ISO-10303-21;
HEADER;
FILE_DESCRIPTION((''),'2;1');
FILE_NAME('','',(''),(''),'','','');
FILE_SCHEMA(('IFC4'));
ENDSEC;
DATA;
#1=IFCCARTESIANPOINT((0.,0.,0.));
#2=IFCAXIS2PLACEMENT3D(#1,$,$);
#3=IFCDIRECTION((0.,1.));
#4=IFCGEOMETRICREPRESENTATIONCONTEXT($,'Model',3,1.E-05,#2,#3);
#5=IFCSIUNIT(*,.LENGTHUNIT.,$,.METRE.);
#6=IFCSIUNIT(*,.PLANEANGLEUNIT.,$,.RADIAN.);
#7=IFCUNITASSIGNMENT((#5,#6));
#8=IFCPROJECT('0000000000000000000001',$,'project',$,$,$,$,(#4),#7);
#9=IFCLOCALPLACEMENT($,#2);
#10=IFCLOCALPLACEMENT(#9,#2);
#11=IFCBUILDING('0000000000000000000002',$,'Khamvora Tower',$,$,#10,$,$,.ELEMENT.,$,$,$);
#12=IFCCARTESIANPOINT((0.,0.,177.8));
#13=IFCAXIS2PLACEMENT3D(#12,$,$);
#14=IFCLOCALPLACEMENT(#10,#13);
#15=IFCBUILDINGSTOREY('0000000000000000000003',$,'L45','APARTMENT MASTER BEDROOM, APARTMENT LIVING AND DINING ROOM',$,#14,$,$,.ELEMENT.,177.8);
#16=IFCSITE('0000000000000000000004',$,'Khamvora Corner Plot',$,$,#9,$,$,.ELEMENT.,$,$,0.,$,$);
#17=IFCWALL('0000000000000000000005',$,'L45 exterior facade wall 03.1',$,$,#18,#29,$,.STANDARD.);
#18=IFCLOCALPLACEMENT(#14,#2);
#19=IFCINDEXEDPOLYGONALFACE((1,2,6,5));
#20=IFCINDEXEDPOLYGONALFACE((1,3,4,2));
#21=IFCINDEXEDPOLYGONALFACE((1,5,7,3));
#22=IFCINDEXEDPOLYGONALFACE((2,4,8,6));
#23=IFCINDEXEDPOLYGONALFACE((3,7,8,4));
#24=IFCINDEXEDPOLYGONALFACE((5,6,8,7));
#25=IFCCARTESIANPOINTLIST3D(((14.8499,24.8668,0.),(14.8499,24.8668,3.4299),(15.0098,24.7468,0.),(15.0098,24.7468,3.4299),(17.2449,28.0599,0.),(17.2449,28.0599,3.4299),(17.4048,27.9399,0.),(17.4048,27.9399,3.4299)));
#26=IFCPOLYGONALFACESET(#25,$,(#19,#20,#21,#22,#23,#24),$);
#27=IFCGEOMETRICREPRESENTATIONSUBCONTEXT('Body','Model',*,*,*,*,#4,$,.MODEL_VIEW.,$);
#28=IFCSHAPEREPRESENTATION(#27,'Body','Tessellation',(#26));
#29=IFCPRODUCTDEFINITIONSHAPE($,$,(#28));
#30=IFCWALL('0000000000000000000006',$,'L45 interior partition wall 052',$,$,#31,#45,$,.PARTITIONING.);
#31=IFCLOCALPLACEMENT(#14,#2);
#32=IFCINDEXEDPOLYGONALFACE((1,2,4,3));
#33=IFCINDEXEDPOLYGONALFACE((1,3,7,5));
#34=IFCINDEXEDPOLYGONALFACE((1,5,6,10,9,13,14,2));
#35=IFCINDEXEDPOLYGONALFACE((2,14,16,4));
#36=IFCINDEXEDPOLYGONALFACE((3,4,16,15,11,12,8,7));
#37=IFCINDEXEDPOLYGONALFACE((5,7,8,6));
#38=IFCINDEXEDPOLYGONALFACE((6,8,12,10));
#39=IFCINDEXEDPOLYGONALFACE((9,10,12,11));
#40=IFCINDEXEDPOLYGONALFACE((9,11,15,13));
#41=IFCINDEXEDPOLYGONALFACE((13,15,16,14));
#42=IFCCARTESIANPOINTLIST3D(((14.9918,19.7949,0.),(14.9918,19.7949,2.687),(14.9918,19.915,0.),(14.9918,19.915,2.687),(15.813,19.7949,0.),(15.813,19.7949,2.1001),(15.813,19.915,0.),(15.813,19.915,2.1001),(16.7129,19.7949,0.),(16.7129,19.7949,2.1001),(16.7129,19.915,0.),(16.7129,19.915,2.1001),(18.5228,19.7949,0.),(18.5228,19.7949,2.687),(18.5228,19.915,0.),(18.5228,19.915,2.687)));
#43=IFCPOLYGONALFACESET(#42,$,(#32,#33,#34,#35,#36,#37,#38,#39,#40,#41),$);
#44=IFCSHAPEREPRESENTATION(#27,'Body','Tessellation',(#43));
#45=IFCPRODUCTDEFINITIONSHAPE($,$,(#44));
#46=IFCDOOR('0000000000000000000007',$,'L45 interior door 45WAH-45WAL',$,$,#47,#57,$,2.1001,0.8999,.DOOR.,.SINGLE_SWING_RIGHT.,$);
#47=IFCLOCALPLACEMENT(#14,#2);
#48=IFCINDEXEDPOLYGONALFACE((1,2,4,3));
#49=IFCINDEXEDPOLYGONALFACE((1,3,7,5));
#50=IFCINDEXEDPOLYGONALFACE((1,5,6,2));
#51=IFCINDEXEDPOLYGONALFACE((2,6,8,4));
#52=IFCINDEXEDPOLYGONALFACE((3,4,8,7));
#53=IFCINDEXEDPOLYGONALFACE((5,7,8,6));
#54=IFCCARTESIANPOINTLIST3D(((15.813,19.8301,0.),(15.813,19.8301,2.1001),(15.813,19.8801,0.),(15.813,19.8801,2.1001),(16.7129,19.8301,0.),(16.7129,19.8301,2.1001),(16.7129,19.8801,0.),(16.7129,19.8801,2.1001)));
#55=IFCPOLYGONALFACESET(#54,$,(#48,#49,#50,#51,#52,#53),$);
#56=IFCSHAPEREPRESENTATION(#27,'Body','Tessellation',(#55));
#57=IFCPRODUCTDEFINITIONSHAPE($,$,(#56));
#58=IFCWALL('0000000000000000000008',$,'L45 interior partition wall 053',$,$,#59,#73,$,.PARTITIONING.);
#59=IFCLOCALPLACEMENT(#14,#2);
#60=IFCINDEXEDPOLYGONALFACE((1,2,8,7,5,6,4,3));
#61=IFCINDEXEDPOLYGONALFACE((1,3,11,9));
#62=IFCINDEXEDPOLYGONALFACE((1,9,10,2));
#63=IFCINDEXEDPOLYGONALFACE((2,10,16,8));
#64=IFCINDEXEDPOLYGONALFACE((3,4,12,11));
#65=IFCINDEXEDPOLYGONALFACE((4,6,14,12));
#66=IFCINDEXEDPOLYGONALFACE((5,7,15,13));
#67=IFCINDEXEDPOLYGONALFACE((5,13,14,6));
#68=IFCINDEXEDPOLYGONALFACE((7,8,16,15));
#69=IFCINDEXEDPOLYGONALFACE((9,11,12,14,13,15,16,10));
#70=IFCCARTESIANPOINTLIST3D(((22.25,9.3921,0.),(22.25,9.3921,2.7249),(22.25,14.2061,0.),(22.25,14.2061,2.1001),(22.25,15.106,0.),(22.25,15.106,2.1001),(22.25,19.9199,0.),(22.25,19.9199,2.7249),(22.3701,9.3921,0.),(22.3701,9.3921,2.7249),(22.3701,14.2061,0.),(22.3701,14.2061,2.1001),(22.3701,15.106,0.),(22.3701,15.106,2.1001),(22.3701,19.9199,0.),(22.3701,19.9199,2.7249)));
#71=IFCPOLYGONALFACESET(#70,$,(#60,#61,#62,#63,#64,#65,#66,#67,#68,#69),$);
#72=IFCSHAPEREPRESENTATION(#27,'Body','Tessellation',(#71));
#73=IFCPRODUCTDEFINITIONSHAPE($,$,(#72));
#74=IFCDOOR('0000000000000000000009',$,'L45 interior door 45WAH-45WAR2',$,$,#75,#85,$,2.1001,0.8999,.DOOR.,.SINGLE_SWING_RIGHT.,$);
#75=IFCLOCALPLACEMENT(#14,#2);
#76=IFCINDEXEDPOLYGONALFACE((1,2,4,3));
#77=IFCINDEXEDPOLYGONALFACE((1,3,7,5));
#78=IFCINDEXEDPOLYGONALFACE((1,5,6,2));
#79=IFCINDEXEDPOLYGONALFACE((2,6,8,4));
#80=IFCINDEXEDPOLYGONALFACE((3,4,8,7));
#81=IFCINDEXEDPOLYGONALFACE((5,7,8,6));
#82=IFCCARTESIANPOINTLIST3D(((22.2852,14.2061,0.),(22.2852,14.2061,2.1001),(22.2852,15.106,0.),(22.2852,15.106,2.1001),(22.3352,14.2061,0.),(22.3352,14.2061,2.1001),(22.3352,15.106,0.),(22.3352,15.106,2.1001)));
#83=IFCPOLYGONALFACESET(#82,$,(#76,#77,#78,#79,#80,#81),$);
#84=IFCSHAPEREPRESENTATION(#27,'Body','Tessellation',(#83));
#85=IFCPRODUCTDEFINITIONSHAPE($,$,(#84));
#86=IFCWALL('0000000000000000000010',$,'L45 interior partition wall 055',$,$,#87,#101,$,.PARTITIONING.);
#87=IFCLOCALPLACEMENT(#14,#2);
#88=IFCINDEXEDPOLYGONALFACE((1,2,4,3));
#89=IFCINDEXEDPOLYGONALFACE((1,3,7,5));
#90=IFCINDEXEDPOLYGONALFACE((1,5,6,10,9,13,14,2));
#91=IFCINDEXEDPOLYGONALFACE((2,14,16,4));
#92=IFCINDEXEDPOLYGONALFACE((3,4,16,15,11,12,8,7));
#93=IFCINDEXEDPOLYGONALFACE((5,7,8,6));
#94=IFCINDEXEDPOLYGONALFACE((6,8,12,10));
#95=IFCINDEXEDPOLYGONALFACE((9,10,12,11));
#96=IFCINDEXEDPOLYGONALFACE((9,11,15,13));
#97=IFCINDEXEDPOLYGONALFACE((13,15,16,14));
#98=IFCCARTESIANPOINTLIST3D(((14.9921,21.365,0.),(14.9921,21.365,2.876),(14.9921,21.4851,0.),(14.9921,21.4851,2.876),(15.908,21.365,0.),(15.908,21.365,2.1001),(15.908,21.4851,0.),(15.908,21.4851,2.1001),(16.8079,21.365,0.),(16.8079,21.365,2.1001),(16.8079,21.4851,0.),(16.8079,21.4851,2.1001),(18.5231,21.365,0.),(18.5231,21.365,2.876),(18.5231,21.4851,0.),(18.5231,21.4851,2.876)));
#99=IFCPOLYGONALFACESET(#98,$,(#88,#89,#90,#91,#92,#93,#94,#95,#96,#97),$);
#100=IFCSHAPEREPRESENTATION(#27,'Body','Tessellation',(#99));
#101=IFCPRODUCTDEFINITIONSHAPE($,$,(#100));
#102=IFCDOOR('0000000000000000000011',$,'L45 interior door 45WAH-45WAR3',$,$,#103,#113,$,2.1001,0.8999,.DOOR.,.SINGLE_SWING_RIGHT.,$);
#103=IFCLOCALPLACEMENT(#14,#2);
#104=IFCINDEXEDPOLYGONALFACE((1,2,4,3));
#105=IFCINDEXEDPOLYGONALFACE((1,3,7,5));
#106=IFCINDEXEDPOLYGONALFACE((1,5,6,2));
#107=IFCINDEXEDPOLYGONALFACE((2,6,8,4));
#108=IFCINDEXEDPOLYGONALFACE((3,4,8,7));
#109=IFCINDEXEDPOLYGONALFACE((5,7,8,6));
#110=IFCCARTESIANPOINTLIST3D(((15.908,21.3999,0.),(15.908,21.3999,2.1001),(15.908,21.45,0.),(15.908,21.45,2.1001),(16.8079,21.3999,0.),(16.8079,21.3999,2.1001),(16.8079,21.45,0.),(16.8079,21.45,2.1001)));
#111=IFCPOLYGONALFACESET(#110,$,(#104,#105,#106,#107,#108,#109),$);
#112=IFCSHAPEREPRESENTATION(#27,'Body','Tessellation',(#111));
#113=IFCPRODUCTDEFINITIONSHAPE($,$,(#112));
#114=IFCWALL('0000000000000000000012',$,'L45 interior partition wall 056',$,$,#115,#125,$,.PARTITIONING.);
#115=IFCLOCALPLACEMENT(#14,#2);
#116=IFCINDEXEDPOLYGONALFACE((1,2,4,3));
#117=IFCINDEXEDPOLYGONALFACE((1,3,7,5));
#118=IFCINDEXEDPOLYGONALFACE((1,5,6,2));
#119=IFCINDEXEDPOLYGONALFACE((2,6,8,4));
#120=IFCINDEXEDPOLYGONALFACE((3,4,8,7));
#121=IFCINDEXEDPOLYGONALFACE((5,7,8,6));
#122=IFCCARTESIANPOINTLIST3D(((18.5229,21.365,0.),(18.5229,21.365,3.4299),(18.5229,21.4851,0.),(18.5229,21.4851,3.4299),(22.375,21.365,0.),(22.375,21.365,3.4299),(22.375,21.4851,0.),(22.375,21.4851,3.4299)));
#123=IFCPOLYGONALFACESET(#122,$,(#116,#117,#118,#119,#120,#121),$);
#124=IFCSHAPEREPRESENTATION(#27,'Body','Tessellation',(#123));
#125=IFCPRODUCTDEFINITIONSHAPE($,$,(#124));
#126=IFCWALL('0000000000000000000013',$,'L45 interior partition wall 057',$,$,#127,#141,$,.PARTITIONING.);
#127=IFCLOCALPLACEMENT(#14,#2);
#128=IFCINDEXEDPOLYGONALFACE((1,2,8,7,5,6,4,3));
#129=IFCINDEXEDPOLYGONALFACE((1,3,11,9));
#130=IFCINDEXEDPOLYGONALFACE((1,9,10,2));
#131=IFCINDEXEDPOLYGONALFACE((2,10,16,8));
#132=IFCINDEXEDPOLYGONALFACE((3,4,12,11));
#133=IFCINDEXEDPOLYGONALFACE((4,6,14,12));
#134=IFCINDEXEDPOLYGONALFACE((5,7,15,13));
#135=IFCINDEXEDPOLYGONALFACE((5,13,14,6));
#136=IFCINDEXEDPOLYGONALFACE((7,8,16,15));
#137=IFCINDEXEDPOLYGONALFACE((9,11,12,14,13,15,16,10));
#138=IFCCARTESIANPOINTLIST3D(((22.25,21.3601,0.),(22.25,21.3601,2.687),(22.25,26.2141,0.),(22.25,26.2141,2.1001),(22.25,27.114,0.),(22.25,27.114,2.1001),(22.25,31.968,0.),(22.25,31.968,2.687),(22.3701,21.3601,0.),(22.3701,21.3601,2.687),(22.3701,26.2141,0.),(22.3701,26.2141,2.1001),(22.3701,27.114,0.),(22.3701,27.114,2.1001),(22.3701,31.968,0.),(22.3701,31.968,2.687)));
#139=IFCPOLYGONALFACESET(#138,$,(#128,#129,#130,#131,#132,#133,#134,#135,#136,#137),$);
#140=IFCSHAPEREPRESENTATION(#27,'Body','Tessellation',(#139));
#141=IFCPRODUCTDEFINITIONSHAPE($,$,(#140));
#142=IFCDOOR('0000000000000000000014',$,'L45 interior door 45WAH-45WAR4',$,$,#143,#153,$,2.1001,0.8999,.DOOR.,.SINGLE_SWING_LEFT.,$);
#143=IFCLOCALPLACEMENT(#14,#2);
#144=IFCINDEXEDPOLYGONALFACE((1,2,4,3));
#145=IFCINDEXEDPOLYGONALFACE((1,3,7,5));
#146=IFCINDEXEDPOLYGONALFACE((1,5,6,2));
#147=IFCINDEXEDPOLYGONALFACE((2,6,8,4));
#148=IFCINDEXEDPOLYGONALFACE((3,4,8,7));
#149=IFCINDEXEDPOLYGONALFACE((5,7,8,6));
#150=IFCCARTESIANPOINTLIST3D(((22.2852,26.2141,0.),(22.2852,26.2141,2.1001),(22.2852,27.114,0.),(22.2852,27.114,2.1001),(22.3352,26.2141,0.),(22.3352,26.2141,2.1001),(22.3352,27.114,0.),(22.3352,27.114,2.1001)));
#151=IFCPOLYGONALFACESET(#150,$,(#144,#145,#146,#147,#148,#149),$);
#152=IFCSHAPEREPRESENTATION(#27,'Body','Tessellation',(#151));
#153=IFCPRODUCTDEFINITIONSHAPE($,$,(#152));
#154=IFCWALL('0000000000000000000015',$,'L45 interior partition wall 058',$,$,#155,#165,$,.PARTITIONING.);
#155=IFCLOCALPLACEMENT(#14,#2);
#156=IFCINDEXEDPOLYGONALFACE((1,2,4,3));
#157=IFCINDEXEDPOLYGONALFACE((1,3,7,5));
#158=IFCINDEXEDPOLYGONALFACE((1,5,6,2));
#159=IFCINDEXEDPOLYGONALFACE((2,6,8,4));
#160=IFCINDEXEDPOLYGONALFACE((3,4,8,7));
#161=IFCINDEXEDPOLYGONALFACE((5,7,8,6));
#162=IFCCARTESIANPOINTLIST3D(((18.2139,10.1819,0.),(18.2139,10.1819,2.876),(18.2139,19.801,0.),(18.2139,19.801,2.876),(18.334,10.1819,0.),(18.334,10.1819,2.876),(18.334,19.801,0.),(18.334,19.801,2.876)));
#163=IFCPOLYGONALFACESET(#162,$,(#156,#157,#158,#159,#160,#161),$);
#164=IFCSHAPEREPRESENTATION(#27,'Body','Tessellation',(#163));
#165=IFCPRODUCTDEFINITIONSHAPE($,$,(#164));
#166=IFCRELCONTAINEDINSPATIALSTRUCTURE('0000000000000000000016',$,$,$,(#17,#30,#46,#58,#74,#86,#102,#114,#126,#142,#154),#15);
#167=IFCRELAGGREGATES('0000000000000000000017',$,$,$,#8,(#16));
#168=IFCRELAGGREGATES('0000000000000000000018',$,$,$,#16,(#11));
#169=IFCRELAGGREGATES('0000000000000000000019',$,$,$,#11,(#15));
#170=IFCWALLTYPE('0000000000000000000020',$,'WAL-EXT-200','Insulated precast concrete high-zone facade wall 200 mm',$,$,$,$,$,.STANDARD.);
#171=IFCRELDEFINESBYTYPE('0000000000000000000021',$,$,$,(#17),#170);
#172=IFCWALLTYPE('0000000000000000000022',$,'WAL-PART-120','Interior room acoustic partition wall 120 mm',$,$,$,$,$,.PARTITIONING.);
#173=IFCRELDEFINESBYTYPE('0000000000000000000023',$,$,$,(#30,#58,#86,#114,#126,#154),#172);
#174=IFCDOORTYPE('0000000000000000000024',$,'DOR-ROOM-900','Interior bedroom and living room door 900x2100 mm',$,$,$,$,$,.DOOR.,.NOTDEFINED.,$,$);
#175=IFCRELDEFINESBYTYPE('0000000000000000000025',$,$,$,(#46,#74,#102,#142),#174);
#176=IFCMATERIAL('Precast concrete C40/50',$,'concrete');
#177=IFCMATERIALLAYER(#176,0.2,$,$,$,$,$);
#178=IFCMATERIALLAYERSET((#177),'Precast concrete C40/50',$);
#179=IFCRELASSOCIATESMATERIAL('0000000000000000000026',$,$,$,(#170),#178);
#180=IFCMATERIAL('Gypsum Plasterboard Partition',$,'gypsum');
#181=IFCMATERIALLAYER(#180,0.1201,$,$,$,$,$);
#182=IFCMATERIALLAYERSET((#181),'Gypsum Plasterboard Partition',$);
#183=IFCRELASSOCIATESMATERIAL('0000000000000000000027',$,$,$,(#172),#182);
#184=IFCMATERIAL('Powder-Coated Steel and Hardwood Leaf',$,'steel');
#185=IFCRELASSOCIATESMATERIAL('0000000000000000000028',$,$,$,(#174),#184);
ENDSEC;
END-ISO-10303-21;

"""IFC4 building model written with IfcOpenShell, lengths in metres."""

from ifc_helpers import new_model, si_unit, direction, frame, frame_2d, origin, place, context, subcontext, project, spatial, rectangle, extrude, material, layer, layer_set, type_object, element, fill, save


model = new_model("IFC4")

# Units and contexts
model_context = context("Model", 3, precision=1e-05, world=origin(), true_north=direction((0.0, 1.0)))
body_context = subcontext(model_context, "Body", "Model", "MODEL_VIEW")
ifc_project = project(units=[si_unit("LENGTHUNIT", "METRE"), si_unit("PLANEANGLEUNIT", "RADIAN")], contexts=[model_context])

# Site, building, storey
site_placement = place(None, origin())
site = spatial("IfcSite", under=ifc_project, at=site_placement, Name="Khamvora Corner Plot", CompositionType="ELEMENT", RefElevation=0.0)
building_placement = place(site_placement, origin())
building = spatial("IfcBuilding", under=site, at=building_placement, Name="Khamvora Tower", CompositionType="ELEMENT")
storey_placement = place(building_placement, frame((0.0, 0.0, 177.8)))
storey = spatial("IfcBuildingStorey", under=building, at=storey_placement, Name="L45", Description="APARTMENT MASTER BEDROOM, APARTMENT LIVING AND DINING ROOM", CompositionType="ELEMENT", Elevation=177.8)

# Shared definitions
ifc_material_1 = material(Name="Precast concrete C40/50", Category="concrete")
ifc_layer_1 = layer(ifc_material_1, 0.2)
ifc_layer_set_1 = layer_set([ifc_layer_1], Name="Precast concrete C40/50")
wall_type_1 = type_object("IfcWallType", Name="WAL-EXT-200", Description="Insulated precast concrete high-zone facade wall 200 mm", PredefinedType="STANDARD", material=ifc_layer_set_1)

# Wall
wall_1_placement = place(storey_placement, frame((14.9299, 24.8069, 0.0), z_axis=(0.0, 0.0, 1.0), x_axis=(0.600029, 0.799978, 0.0)))
element("IfcWall", 1, at=wall_1_placement, inside=storey, type_object=wall_type_1, Name="L45 exterior facade wall 03.1", PredefinedType="STANDARD", context=body_context, shape_type="SweptSolid", body=[
    extrude(rectangle(XDim=3.9915, YDim=0.2, at=frame_2d((1.9956, 0.0))), origin(), (0.0, 0.0, 1.0), 3.4299),
])

# Walls, openings, doors
ifc_material_2 = material(Name="Gypsum Plasterboard Partition", Category="gypsum")
ifc_layer_2 = layer(ifc_material_2, 0.1201)
ifc_layer_set_2 = layer_set([ifc_layer_2], Name="Gypsum Plasterboard Partition")
wall_type_2 = type_object("IfcWallType", Name="WAL-PART-120", Description="Interior room acoustic partition wall 120 mm", PredefinedType="PARTITIONING", material=ifc_layer_set_2)
wall_2_placement = place(storey_placement, frame((18.5229, 19.855, 0.0), z_axis=(0.0, 0.0, 1.0), x_axis=(-1.0, 0.0, 0.0)))
wall_2 = element("IfcWall", 2, at=wall_2_placement, inside=storey, type_object=wall_type_2, Name="L45 interior partition wall 052", PredefinedType="PARTITIONING", context=body_context, shape_type="SweptSolid", body=[
    extrude(rectangle(XDim=3.531, YDim=0.1201, at=frame_2d((1.7656, 0.0))), origin(), (0.0, 0.0, 1.0), 2.687),
])
opening_1_placement = place(wall_2_placement, frame((1.8101, 0.0, 0.0)))
opening_1 = element("IfcOpeningElement", 3, at=opening_1_placement, cuts=wall_2, PredefinedType="OPENING", context=body_context, shape_type="SweptSolid", body=[
    extrude(rectangle(XDim=0.8999, YDim=2.1001, at=frame_2d((0.45, 1.05))), frame((0.0, 0.0701, 0.0), z_axis=(0.0, -1.0, 0.0), x_axis=(1.0, 0.0, 0.0)), (0.0, 0.0, 1.0), 0.1401),
])
ifc_material_3 = material(Name="Powder-Coated Steel and Hardwood Leaf", Category="steel")
door_type = type_object("IfcDoorType", Name="DOR-ROOM-900", Description="Interior bedroom and living room door 900x2100 mm", OperationType="NOTDEFINED", PredefinedType="DOOR", material=ifc_material_3)
door_1_placement = place(opening_1_placement, origin())
door_1 = element("IfcDoor", 4, at=door_1_placement, inside=storey, type_object=door_type, Name="L45 interior door 45WAH-45WAL", OperationType="SINGLE_SWING_RIGHT", OverallHeight=2.1001, OverallWidth=0.8999, PredefinedType="DOOR", context=body_context, shape_type="SweptSolid", body=[
    extrude(rectangle(XDim=0.8999, YDim=2.1001, at=frame_2d((0.45, 1.05))), frame((0.0, 0.0249, 0.0), z_axis=(0.0, -1.0, 0.0), x_axis=(1.0, 0.0, 0.0)), (0.0, 0.0, 1.0), 0.05),
])
fill(opening_1, door_1)
wall_3_placement = place(storey_placement, frame((22.3101, 9.3921, 0.0), z_axis=(0.0, 0.0, 1.0), x_axis=(0.0, 1.0, 0.0)))
wall_3 = element("IfcWall", 5, at=wall_3_placement, inside=storey, type_object=wall_type_2, Name="L45 interior partition wall 053", PredefinedType="PARTITIONING", context=body_context, shape_type="SweptSolid", body=[
    extrude(rectangle(XDim=10.5278, YDim=0.1201, at=frame_2d((5.2639, 0.0))), origin(), (0.0, 0.0, 1.0), 2.7249),
])
opening_2_placement = place(wall_3_placement, frame((4.814, 0.0, 0.0)))
opening_2 = element("IfcOpeningElement", 6, at=opening_2_placement, cuts=wall_3, PredefinedType="OPENING", context=body_context, shape_type="SweptSolid", body=[
    extrude(rectangle(XDim=0.8999, YDim=2.1001, at=frame_2d((0.45, 1.05))), frame((0.0, 0.0701, 0.0), z_axis=(0.0, -1.0, 0.0), x_axis=(1.0, 0.0, 0.0)), (0.0, 0.0, 1.0), 0.1401),
])
door_2_placement = place(opening_2_placement, origin())
door_2 = element("IfcDoor", 7, at=door_2_placement, inside=storey, type_object=door_type, Name="L45 interior door 45WAH-45WAR2", OperationType="SINGLE_SWING_RIGHT", OverallHeight=2.1001, OverallWidth=0.8999, PredefinedType="DOOR", context=body_context, shape_type="SweptSolid", body=[
    extrude(rectangle(XDim=0.8999, YDim=2.1001, at=frame_2d((0.45, 1.05))), frame((0.0, 0.0249, 0.0), z_axis=(0.0, -1.0, 0.0), x_axis=(1.0, 0.0, 0.0)), (0.0, 0.0, 1.0), 0.05),
])
fill(opening_2, door_2)
wall_4_placement = place(storey_placement, frame((14.9919, 21.425, 0.0), z_axis=(0.0, 0.0, 1.0), x_axis=(1.0, 0.0, 0.0)))
wall_4 = element("IfcWall", 8, at=wall_4_placement, inside=storey, type_object=wall_type_2, Name="L45 interior partition wall 055", PredefinedType="PARTITIONING", context=body_context, shape_type="SweptSolid", body=[
    extrude(rectangle(XDim=3.531, YDim=0.1201, at=frame_2d((1.7656, 0.0))), origin(), (0.0, 0.0, 1.0), 2.876),
])
opening_3_placement = place(wall_4_placement, frame((0.916, 0.0, 0.0)))
opening_3 = element("IfcOpeningElement", 9, at=opening_3_placement, cuts=wall_4, PredefinedType="OPENING", context=body_context, shape_type="SweptSolid", body=[
    extrude(rectangle(XDim=0.8999, YDim=2.1001, at=frame_2d((0.45, 1.05))), frame((0.0, 0.0701, 0.0), z_axis=(0.0, -1.0, 0.0), x_axis=(1.0, 0.0, 0.0)), (0.0, 0.0, 1.0), 0.1401),
])
door_3_placement = place(opening_3_placement, origin())
door_3 = element("IfcDoor", 10, at=door_3_placement, inside=storey, type_object=door_type, Name="L45 interior door 45WAH-45WAR3", OperationType="SINGLE_SWING_RIGHT", OverallHeight=2.1001, OverallWidth=0.8999, PredefinedType="DOOR", context=body_context, shape_type="SweptSolid", body=[
    extrude(rectangle(XDim=0.8999, YDim=2.1001, at=frame_2d((0.45, 1.05))), frame((0.0, 0.0249, 0.0), z_axis=(0.0, -1.0, 0.0), x_axis=(1.0, 0.0, 0.0)), (0.0, 0.0, 1.0), 0.05),
])
fill(opening_3, door_3)

# Wall
wall_5_placement = place(storey_placement, frame((18.5229, 21.425, 0.0), z_axis=(0.0, 0.0, 1.0), x_axis=(1.0, 0.0, 0.0)))
element("IfcWall", 11, at=wall_5_placement, inside=storey, type_object=wall_type_2, Name="L45 interior partition wall 056", PredefinedType="PARTITIONING", context=body_context, shape_type="SweptSolid", body=[
    extrude(rectangle(XDim=3.8521, YDim=0.1201, at=frame_2d((1.926, 0.0))), origin(), (0.0, 0.0, 1.0), 3.4299),
])

# Wall, opening, door
wall_6_placement = place(storey_placement, frame((22.3101, 21.3601, 0.0), z_axis=(0.0, 0.0, 1.0), x_axis=(0.0, 1.0, 0.0)))
wall_6 = element("IfcWall", 12, at=wall_6_placement, inside=storey, type_object=wall_type_2, Name="L45 interior partition wall 057", PredefinedType="PARTITIONING", context=body_context, shape_type="SweptSolid", body=[
    extrude(rectangle(XDim=10.6079, YDim=0.1201, at=frame_2d((5.304, 0.0))), origin(), (0.0, 0.0, 1.0), 2.687),
])
opening_4_placement = place(wall_6_placement, frame((4.854, 0.0, 0.0)))
opening_4 = element("IfcOpeningElement", 13, at=opening_4_placement, cuts=wall_6, PredefinedType="OPENING", context=body_context, shape_type="SweptSolid", body=[
    extrude(rectangle(XDim=0.8999, YDim=2.1001, at=frame_2d((0.45, 1.05))), frame((0.0, 0.0701, 0.0), z_axis=(0.0, -1.0, 0.0), x_axis=(1.0, 0.0, 0.0)), (0.0, 0.0, 1.0), 0.1401),
])
door_4_placement = place(opening_4_placement, origin())
door_4 = element("IfcDoor", 14, at=door_4_placement, inside=storey, type_object=door_type, Name="L45 interior door 45WAH-45WAR4", OperationType="SINGLE_SWING_LEFT", OverallHeight=2.1001, OverallWidth=0.8999, PredefinedType="DOOR", context=body_context, shape_type="SweptSolid", body=[
    extrude(rectangle(XDim=0.8999, YDim=2.1001, at=frame_2d((0.45, 1.05))), frame((0.0, 0.0249, 0.0), z_axis=(0.0, -1.0, 0.0), x_axis=(1.0, 0.0, 0.0)), (0.0, 0.0, 1.0), 0.05),
])
fill(opening_4, door_4)

# Wall
wall_7_placement = place(storey_placement, frame((18.2739, 19.801, 0.0), z_axis=(0.0, 0.0, 1.0), x_axis=(0.0, -1.0, 0.0)))
element("IfcWall", 15, at=wall_7_placement, inside=storey, type_object=wall_type_2, Name="L45 interior partition wall 058", PredefinedType="PARTITIONING", context=body_context, shape_type="SweptSolid", body=[
    extrude(rectangle(XDim=9.6191, YDim=0.1201, at=frame_2d((4.8096, 0.0))), origin(), (0.0, 0.0, 1.0), 2.876),
])

save(model, "model.ifc")
